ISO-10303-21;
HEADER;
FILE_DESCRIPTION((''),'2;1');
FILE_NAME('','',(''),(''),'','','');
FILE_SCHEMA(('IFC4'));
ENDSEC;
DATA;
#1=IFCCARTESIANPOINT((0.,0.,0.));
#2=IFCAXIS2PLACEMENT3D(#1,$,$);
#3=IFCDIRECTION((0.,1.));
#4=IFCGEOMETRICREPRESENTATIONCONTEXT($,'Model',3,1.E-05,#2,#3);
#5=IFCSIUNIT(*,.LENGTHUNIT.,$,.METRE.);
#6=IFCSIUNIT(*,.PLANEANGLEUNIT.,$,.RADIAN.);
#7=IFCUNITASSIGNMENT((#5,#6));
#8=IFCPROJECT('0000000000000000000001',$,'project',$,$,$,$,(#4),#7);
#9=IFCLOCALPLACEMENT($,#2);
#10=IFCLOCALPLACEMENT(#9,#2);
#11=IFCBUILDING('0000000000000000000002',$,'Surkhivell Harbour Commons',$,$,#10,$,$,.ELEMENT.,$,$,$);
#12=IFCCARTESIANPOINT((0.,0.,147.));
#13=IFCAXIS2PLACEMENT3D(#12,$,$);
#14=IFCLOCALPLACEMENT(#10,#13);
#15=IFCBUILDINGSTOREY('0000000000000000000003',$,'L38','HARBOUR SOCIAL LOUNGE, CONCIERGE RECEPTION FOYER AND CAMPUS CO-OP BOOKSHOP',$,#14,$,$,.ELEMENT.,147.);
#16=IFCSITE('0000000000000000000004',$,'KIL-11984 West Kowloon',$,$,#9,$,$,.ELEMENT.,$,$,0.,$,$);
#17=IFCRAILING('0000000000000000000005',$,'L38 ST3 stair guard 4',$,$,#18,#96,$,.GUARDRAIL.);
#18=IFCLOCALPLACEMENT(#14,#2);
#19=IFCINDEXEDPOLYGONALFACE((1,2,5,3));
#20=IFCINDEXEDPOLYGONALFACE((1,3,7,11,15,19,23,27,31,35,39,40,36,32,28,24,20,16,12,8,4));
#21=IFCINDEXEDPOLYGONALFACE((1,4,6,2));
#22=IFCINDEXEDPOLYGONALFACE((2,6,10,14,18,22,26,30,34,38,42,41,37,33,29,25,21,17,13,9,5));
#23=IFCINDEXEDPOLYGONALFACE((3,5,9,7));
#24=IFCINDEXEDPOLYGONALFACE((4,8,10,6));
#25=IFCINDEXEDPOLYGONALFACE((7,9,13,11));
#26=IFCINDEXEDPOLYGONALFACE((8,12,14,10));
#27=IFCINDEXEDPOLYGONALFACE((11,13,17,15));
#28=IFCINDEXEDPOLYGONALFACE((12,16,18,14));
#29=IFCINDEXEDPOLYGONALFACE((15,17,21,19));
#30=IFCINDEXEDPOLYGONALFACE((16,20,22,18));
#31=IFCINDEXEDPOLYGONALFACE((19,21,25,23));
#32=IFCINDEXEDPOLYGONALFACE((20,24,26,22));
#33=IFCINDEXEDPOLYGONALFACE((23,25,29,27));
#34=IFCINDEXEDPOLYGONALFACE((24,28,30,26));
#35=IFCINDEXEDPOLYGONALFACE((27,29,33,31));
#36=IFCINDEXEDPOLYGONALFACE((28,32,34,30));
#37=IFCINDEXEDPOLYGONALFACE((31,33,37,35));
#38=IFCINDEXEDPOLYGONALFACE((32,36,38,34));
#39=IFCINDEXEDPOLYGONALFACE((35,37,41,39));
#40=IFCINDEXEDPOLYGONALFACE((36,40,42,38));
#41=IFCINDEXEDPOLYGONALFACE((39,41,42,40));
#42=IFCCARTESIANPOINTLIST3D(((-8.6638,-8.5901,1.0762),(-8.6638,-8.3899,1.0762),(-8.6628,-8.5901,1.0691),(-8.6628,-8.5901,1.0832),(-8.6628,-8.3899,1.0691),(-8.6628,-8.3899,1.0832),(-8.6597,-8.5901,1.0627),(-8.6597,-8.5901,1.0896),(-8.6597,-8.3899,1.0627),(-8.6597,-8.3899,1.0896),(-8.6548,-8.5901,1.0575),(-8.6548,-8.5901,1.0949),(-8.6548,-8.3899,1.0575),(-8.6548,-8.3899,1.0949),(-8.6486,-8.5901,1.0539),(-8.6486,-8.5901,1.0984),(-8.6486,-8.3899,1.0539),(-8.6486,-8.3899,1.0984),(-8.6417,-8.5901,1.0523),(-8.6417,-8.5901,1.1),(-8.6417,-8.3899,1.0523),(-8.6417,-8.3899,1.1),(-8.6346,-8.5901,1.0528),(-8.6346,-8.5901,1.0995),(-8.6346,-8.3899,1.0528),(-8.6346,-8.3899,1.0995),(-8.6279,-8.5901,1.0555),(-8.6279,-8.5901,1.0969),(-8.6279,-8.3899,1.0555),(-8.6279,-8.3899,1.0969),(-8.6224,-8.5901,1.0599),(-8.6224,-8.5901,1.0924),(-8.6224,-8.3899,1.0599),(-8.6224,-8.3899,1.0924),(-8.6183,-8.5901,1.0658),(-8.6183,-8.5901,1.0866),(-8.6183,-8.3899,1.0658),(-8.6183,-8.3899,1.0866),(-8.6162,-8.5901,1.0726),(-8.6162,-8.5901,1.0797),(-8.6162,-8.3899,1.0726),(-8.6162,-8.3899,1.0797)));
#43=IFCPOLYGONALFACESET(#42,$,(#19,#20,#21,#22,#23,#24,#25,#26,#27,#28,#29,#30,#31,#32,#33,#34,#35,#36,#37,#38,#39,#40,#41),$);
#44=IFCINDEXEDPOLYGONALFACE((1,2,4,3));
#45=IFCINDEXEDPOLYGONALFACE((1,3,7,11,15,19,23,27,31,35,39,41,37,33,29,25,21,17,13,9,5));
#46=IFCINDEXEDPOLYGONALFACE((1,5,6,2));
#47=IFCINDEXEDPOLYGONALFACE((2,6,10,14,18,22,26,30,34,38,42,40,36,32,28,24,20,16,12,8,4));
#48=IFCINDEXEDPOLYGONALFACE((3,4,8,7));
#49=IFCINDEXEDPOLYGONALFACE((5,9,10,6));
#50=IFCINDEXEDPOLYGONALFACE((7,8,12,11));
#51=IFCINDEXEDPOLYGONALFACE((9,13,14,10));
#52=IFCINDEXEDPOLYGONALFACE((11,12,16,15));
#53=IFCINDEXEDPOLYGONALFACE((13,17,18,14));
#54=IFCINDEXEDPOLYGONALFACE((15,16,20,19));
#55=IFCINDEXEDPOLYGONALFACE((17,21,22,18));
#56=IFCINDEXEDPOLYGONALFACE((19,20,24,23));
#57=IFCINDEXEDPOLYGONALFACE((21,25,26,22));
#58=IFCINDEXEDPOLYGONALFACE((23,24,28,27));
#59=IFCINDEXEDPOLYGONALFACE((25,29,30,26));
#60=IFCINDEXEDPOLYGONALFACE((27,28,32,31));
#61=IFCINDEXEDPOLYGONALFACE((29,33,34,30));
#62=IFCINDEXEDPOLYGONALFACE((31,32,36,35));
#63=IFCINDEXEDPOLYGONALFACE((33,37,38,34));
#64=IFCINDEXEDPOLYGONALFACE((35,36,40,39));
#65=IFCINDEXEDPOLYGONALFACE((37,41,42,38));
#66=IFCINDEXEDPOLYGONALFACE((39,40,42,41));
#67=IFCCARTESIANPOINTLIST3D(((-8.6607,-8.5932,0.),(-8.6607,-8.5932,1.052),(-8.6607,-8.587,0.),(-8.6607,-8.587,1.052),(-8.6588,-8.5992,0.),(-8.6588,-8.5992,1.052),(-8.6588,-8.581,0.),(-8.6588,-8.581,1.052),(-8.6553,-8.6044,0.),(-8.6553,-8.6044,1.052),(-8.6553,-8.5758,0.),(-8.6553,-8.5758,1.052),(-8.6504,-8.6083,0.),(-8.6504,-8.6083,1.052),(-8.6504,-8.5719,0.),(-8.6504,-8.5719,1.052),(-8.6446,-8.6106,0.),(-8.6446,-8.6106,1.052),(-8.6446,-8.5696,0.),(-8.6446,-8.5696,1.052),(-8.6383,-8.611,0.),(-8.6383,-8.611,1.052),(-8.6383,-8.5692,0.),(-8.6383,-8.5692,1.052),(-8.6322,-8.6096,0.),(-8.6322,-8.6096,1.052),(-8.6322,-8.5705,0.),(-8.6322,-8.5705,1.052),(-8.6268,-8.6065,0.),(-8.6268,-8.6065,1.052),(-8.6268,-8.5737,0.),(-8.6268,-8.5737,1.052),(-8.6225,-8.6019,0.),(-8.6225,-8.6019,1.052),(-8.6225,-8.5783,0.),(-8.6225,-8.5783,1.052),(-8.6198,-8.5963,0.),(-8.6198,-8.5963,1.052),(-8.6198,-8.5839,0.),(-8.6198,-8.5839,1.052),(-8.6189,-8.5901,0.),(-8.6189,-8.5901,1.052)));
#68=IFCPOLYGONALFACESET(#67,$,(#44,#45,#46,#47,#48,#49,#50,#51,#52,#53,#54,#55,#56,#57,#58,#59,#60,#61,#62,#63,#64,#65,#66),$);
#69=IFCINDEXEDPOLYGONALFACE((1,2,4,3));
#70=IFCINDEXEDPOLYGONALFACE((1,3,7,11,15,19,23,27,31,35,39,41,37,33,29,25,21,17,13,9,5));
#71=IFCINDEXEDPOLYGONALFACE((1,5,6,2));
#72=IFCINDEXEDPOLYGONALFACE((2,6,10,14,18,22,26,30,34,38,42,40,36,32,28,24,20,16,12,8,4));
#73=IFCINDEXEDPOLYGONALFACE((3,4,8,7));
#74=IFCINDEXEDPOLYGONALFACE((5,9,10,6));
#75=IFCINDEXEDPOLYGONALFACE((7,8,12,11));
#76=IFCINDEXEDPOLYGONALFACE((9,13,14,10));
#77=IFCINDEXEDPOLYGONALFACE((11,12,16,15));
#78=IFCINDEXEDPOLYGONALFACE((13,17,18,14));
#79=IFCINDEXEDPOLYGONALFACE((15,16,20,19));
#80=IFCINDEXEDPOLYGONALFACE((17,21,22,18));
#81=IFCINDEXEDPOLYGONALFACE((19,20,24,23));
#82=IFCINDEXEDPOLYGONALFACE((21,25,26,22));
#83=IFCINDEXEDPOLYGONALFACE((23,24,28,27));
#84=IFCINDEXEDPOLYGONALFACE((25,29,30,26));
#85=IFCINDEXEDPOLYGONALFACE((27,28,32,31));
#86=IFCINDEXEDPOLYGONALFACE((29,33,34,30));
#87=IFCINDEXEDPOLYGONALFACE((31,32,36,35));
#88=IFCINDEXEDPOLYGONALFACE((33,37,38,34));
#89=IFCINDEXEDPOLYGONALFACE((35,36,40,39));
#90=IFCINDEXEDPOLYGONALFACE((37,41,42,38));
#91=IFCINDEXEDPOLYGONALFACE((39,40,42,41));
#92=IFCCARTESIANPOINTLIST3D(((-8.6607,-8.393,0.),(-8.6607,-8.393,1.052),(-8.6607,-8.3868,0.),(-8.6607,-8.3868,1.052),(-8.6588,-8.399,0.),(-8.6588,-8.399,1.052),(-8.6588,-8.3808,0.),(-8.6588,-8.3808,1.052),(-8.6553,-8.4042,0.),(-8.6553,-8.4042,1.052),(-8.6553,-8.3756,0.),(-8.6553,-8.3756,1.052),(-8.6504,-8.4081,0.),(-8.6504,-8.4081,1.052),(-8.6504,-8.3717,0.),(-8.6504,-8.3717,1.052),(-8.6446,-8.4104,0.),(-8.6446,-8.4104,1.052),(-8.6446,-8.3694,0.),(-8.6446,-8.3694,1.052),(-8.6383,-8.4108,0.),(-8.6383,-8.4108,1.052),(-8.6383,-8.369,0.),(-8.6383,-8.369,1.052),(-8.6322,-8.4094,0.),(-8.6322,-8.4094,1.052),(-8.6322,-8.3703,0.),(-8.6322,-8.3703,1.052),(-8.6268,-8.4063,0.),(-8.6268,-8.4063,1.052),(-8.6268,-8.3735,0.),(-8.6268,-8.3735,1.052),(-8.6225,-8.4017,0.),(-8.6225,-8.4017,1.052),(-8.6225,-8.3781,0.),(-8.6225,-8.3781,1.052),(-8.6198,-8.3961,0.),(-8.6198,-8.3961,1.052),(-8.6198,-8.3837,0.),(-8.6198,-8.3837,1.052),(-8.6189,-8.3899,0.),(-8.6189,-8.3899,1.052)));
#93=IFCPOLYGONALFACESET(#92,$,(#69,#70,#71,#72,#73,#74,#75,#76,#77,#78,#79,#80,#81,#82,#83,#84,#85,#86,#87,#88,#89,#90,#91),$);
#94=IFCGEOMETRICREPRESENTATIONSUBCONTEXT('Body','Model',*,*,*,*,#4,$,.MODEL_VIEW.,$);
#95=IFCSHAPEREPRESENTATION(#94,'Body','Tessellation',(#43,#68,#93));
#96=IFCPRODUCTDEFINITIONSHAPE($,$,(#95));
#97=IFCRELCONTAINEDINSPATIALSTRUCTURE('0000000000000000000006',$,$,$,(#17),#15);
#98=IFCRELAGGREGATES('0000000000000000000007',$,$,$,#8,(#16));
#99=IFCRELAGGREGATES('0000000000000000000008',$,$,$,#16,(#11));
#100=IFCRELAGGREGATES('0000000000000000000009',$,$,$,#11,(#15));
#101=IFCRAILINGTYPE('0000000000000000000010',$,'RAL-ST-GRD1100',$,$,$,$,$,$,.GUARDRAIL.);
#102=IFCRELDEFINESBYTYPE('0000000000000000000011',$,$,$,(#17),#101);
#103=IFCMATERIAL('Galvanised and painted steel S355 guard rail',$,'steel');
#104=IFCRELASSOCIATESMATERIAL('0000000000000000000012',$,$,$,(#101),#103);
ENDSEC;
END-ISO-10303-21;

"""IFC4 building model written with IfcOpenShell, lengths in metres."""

from ifc_helpers import new_model, si_unit, direction, frame, origin, origin_2d, place, context, subcontext, project, spatial, circle, extrude, material, type_object, element, save


model = new_model("IFC4")

# Units and contexts
model_context = context("Model", 3, precision=1e-05, world=origin(), true_north=direction((0.0, 1.0)))
body_context = subcontext(model_context, "Body", "Model", "MODEL_VIEW")
ifc_project = project(units=[si_unit("LENGTHUNIT", "METRE"), si_unit("PLANEANGLEUNIT", "RADIAN")], contexts=[model_context])

# Site, building, storey
site_placement = place(None, origin())
site = spatial("IfcSite", under=ifc_project, at=site_placement, Name="KIL-11984 West Kowloon", CompositionType="ELEMENT", RefElevation=0.0)
building_placement = place(site_placement, origin())
building = spatial("IfcBuilding", under=site, at=building_placement, Name="Surkhivell Harbour Commons", CompositionType="ELEMENT")
storey_placement = place(building_placement, frame((0.0, 0.0, 147.0)))
storey = spatial("IfcBuildingStorey", under=building, at=storey_placement, Name="L38", Description="HARBOUR SOCIAL LOUNGE, CONCIERGE RECEPTION FOYER AND CAMPUS CO-OP BOOKSHOP", CompositionType="ELEMENT", Elevation=147.0)

# Railing
ifc_material_1 = material(Name="Galvanised and painted steel S355 guard rail", Category="steel")
railing_type_1 = type_object("IfcRailingType", Name="RAL-ST-GRD1100", PredefinedType="GUARDRAIL", material=ifc_material_1)
railing_1_placement = place(storey_placement, frame((-8.6399, -8.5901, 0.0)))
element("IfcRailing", 1, at=railing_1_placement, inside=storey, type_object=railing_type_1, Name="L38 ST3 stair guard 4", PredefinedType="GUARDRAIL", context=body_context, shape_type="SweptSolid", body=[
    extrude(circle(Radius=0.0239, at=origin_2d()), frame((0.0, 0.0, 1.0762), z_axis=(0.0, 1.0, 0.0), x_axis=(-1.0, 0.0, 0.0)), (0.0, 0.0, 1.0), 0.2002),
    extrude(circle(Radius=0.021, at=origin_2d()), origin(), (0.0, 0.0, 1.0), 1.052),
    extrude(circle(Radius=0.021, at=origin_2d()), frame((0.0, 0.2002, 0.0)), (0.0, 0.0, 1.0), 1.052),
])

save(model, "model.ifc")
